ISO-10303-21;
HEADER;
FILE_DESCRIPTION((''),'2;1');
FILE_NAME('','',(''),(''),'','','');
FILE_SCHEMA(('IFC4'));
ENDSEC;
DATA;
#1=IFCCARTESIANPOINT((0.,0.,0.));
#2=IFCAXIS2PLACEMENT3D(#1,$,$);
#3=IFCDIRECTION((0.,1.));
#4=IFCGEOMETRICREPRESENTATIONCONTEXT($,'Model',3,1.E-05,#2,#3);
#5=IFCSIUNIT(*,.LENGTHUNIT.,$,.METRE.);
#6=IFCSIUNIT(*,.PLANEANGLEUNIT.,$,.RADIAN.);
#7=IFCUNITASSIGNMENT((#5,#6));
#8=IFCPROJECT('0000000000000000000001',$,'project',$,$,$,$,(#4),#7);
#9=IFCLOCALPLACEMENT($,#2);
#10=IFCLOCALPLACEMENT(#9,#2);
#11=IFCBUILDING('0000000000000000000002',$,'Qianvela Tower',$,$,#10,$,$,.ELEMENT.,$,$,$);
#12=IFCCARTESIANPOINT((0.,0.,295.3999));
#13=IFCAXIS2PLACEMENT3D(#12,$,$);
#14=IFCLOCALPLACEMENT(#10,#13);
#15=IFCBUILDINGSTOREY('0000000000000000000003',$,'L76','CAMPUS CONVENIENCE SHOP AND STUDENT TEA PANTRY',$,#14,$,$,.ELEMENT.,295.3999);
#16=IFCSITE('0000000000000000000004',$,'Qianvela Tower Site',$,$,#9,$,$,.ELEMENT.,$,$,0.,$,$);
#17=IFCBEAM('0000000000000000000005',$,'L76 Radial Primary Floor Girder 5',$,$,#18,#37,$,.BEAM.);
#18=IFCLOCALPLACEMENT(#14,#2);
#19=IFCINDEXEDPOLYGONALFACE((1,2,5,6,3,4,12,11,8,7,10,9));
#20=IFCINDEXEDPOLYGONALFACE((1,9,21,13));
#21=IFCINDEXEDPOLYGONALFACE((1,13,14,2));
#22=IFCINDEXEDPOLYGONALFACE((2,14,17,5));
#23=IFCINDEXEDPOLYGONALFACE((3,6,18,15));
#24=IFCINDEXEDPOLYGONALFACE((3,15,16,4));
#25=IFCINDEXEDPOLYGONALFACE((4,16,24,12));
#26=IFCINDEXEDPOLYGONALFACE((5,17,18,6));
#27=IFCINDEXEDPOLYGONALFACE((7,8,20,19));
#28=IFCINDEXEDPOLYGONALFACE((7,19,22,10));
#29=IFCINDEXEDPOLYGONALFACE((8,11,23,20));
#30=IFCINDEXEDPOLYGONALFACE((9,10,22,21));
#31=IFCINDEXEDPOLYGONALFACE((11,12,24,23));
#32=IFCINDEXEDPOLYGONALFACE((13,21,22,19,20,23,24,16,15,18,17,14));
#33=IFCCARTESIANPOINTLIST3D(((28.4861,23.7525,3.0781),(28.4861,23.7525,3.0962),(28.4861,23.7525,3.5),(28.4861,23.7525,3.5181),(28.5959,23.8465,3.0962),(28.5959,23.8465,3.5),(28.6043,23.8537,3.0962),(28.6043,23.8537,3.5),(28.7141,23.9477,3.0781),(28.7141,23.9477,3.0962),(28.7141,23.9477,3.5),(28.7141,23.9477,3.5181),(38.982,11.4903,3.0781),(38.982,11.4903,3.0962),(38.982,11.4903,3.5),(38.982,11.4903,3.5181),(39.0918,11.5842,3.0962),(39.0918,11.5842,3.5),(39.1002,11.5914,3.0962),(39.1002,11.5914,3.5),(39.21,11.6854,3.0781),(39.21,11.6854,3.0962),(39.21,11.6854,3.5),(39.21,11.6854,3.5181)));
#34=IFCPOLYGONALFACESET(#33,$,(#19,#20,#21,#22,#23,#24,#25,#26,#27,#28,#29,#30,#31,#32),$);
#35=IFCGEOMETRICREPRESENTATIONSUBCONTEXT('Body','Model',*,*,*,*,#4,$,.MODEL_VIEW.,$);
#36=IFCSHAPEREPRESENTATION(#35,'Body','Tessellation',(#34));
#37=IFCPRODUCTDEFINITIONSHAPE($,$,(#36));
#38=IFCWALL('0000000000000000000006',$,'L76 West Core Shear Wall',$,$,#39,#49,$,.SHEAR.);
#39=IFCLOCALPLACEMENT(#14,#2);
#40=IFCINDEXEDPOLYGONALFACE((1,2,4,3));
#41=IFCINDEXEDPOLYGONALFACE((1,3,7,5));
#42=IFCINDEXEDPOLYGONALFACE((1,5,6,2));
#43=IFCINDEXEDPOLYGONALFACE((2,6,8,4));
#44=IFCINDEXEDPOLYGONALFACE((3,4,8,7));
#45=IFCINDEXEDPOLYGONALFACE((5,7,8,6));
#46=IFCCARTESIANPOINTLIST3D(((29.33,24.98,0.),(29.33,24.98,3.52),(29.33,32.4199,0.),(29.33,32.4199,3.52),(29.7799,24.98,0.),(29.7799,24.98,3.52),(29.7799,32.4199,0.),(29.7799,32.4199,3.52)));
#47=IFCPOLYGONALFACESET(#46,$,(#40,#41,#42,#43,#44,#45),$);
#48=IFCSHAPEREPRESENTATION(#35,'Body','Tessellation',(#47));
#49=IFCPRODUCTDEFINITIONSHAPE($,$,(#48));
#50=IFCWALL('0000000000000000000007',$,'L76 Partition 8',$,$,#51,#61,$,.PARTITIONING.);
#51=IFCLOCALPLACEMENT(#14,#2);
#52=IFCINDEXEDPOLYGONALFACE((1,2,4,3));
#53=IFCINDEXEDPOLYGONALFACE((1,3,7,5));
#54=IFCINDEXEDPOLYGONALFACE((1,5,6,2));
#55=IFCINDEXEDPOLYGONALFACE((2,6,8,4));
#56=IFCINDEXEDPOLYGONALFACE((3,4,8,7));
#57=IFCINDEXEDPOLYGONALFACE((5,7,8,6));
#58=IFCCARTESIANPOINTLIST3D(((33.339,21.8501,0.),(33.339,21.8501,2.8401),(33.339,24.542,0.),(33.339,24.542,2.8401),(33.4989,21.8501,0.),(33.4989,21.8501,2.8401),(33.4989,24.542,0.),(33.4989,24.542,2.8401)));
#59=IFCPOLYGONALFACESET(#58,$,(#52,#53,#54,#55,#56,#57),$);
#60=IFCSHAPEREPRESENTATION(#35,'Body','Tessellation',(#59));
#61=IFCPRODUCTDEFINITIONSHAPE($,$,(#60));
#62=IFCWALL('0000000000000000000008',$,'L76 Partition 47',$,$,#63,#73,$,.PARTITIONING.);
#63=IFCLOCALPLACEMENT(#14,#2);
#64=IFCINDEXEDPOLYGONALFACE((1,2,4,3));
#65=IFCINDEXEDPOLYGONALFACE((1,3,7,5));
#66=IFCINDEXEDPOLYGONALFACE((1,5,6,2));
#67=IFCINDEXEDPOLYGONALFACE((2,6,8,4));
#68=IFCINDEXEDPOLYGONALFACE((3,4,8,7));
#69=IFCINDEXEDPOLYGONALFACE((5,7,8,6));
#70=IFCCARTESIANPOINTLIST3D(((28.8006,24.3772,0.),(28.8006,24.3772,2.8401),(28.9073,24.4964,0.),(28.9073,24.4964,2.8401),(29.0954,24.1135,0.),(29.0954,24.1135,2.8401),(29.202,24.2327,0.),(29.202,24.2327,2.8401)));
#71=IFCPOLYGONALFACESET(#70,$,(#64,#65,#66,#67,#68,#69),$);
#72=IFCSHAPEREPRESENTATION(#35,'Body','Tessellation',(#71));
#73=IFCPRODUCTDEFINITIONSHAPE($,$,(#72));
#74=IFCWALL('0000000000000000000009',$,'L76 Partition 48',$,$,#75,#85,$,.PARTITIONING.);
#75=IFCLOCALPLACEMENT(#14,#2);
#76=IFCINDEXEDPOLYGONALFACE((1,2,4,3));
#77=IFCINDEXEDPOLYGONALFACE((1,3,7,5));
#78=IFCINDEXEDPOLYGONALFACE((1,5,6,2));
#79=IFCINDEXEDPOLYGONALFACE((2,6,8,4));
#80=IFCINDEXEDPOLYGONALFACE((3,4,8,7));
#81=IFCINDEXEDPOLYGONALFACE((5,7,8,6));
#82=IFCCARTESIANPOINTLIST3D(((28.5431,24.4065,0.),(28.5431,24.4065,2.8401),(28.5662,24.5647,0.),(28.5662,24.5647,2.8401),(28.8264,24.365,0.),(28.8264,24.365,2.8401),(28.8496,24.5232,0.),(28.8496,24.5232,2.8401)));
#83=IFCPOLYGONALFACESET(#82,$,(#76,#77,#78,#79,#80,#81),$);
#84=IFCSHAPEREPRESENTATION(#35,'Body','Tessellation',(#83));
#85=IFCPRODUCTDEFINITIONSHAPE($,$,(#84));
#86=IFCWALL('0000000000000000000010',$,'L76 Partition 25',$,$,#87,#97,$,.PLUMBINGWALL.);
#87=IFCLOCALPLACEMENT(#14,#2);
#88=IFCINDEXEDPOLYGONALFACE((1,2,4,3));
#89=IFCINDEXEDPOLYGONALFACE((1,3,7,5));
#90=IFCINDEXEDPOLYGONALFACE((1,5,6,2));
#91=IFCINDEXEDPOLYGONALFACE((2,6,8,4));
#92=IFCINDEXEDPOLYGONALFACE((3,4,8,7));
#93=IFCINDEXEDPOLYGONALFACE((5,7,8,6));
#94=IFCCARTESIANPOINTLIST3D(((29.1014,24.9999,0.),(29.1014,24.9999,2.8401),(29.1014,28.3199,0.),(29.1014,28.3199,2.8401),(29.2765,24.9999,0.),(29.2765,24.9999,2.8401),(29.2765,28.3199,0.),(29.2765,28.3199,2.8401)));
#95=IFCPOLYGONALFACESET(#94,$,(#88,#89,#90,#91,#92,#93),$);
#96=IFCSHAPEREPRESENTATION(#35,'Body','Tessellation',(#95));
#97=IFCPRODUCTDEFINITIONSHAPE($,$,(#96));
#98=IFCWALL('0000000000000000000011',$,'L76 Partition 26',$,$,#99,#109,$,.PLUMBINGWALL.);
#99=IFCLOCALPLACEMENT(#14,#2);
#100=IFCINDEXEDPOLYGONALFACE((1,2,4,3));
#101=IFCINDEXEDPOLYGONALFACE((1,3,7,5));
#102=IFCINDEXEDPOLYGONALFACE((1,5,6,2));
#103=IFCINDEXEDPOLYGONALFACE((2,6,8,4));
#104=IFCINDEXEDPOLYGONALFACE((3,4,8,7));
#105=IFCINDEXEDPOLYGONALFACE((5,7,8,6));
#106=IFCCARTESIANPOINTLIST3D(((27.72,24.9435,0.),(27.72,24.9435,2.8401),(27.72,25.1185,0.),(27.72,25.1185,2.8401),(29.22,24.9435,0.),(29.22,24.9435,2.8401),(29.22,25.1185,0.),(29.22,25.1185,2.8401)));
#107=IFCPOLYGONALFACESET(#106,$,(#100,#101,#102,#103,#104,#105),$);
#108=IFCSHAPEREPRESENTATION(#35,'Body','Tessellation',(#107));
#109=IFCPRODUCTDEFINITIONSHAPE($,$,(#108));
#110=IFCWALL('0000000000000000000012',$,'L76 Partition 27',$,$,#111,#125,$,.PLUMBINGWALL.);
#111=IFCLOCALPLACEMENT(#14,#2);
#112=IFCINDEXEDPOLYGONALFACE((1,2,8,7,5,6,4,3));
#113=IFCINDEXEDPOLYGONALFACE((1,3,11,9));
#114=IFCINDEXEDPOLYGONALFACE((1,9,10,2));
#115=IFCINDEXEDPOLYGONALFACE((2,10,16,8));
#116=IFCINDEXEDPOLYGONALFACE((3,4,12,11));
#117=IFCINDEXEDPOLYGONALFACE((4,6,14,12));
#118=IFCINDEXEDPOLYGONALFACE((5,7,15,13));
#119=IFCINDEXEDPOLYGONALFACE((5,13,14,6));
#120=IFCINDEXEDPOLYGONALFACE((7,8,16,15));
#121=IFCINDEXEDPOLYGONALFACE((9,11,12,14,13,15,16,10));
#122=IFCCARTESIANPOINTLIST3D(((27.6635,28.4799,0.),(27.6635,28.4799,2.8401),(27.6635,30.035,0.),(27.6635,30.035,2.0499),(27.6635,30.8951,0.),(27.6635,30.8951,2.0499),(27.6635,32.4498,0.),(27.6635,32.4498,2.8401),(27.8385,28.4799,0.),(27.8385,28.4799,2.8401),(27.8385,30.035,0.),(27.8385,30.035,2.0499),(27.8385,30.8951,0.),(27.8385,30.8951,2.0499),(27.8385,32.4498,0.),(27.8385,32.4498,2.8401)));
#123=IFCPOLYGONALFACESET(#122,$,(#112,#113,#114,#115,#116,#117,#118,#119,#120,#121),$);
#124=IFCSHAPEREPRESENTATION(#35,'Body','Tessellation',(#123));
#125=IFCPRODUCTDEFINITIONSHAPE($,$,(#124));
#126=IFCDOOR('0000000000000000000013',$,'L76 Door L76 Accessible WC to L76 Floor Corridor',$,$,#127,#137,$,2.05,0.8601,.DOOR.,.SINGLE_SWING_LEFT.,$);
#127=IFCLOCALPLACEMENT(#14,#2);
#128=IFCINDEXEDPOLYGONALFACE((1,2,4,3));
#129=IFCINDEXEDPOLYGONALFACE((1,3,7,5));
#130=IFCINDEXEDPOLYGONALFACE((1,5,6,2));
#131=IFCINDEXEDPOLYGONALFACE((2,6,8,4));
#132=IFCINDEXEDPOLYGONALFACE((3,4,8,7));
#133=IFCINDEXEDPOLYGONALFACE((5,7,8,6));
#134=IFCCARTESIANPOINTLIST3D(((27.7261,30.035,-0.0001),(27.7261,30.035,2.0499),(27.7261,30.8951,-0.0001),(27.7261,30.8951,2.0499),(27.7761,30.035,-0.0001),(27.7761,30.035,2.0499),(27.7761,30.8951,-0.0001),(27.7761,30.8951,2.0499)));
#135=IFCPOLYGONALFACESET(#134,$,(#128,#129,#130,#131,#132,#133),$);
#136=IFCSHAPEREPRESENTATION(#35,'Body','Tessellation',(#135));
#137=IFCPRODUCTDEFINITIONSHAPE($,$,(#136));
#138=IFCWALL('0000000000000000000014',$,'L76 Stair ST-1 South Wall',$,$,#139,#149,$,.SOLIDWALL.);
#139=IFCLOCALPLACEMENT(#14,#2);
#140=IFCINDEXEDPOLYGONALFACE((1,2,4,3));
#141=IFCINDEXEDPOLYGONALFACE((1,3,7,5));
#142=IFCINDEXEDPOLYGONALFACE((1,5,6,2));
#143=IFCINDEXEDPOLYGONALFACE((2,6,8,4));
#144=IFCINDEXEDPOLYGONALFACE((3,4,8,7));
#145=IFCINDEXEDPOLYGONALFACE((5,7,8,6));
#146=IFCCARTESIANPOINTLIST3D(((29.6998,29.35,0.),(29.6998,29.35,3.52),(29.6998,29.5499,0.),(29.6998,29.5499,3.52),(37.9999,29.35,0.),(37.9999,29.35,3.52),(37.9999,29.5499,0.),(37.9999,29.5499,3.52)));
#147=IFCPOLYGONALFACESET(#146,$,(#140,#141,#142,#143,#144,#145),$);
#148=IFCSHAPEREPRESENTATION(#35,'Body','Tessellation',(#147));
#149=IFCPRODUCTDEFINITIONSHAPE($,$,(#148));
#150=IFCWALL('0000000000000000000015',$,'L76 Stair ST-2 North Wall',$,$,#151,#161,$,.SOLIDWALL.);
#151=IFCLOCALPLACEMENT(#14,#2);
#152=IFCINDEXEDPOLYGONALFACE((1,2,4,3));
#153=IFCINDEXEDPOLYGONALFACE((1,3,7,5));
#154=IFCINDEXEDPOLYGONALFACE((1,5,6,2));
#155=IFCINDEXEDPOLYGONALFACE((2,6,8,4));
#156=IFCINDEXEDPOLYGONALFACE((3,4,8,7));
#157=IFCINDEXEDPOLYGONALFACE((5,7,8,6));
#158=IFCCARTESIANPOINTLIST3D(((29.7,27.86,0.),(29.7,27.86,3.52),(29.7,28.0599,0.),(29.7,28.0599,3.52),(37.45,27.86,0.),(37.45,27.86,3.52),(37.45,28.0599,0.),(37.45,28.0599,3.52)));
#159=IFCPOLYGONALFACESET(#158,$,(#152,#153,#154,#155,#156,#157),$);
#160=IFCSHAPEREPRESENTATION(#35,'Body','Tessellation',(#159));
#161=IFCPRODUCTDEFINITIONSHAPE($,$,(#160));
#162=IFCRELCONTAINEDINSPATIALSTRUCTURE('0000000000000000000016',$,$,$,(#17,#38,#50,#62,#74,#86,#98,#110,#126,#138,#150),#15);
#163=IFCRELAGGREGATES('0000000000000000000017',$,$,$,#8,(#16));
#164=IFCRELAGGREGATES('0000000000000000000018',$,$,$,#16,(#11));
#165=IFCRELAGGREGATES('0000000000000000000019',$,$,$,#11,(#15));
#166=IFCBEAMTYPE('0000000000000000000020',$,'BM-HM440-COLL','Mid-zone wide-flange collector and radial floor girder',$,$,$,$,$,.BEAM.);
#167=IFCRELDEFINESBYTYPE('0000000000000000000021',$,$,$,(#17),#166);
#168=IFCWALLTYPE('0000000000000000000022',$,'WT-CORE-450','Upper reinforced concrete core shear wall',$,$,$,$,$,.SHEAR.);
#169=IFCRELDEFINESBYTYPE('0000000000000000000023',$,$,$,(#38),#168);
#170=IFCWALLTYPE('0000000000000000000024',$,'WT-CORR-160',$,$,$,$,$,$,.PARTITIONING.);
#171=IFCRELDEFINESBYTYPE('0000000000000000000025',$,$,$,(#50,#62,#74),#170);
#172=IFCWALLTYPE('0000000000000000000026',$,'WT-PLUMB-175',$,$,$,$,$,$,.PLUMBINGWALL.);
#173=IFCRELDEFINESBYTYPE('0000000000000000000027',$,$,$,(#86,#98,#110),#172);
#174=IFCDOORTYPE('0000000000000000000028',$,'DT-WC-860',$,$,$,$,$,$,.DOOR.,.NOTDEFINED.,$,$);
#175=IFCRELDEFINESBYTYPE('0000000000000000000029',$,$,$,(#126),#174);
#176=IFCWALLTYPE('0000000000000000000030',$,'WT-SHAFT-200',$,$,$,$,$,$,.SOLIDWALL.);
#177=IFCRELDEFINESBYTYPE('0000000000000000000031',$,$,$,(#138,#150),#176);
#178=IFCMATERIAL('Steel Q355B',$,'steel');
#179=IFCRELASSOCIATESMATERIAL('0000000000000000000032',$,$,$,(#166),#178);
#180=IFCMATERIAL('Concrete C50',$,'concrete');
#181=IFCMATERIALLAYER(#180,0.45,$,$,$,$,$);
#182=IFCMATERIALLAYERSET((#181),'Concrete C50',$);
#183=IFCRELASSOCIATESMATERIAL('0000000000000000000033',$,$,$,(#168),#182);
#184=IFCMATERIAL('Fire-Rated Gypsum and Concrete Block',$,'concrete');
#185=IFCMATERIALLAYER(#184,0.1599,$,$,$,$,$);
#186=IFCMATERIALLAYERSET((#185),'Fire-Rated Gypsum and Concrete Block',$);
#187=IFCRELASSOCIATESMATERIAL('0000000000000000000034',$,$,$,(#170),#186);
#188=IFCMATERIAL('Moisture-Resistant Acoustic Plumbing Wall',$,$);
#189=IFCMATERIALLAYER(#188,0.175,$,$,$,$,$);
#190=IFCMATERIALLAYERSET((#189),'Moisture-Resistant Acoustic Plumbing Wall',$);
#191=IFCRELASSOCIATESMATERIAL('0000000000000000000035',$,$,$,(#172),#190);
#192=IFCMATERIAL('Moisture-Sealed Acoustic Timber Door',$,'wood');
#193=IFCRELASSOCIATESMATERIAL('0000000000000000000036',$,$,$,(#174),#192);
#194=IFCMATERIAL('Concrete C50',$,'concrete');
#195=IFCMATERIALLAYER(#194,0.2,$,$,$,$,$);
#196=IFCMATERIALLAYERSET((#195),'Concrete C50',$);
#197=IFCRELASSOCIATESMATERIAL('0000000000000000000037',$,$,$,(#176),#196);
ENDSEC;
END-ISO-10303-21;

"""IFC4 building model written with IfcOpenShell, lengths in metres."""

from ifc_helpers import new_model, si_unit, direction, frame, frame_2d, origin, origin_2d, place, context, subcontext, project, spatial, rectangle, i_section, extrude, material, layer, layer_set, material_profile, profile_set, type_object, element, fill, save


model = new_model("IFC4")

# Units and contexts
model_context = context("Model", 3, precision=1e-05, world=origin(), true_north=direction((0.0, 1.0)))
body_context = subcontext(model_context, "Body", "Model", "MODEL_VIEW")
ifc_project = project(units=[si_unit("LENGTHUNIT", "METRE"), si_unit("PLANEANGLEUNIT", "RADIAN")], contexts=[model_context])

# Site, building, storey
site_placement = place(None, origin())
site = spatial("IfcSite", under=ifc_project, at=site_placement, Name="Qianvela Tower Site", CompositionType="ELEMENT", RefElevation=0.0)
building_placement = place(site_placement, origin())
building = spatial("IfcBuilding", under=site, at=building_placement, Name="Qianvela Tower", CompositionType="ELEMENT")
storey_placement = place(building_placement, frame((0.0, 0.0, 295.3999)))
storey = spatial("IfcBuildingStorey", under=building, at=storey_placement, Name="L76", Description="CAMPUS CONVENIENCE SHOP AND STUDENT TEA PANTRY", CompositionType="ELEMENT", Elevation=295.3999)

# Beam
ifc_material_1 = material(Name="Steel Q355B", Category="steel")
ifc_material_profile = material_profile(ifc_material_1, i_section(OverallWidth=0.3, OverallDepth=0.4399, WebThickness=0.011, FlangeThickness=0.0181, at=origin_2d()), Name="HM440x300x11x18")
ifc_profile_set = profile_set([ifc_material_profile], Name="Steel Q355B")
beam_type = type_object("IfcBeamType", Name="BM-HM440-COLL", Description="Mid-zone wide-flange collector and radial floor girder", PredefinedType="BEAM", material=ifc_profile_set)
beam_placement = place(storey_placement, frame((28.6001, 23.8501, 3.2981), z_axis=(0.650269, -0.759704, 0.0), x_axis=(0.759704, 0.650269, 0.0)))
element("IfcBeam", 1, at=beam_placement, inside=storey, type_object=beam_type, Name="L76 Radial Primary Floor Girder 5", PredefinedType="BEAM", context=body_context, shape_type="SweptSolid", body=[
    extrude(i_section(OverallWidth=0.3, OverallDepth=0.4399, WebThickness=0.011, FlangeThickness=0.0181, at=origin_2d()), origin(), (0.0, 0.0, 1.0), 16.1409),
])

# Shared definitions
ifc_material_2 = material(Name="Concrete C50", Category="concrete")
ifc_layer_1 = layer(ifc_material_2, 0.45)
ifc_layer_set_1 = layer_set([ifc_layer_1], Name="Concrete C50")
wall_type_1 = type_object("IfcWallType", Name="WT-CORE-450", Description="Upper reinforced concrete core shear wall", PredefinedType="SHEAR", material=ifc_layer_set_1)

# Walls
wall_1_placement = place(storey_placement, frame((29.5549, 24.98, 0.0), z_axis=(0.0, 0.0, 1.0), x_axis=(0.0, 1.0, 0.0)))
element("IfcWall", 2, at=wall_1_placement, inside=storey, type_object=wall_type_1, Name="L76 West Core Shear Wall", PredefinedType="SHEAR", context=body_context, shape_type="SweptSolid", body=[
    extrude(rectangle(XDim=7.4399, YDim=0.45, at=frame_2d((3.72, 0.0))), origin(), (0.0, 0.0, 1.0), 3.52),
])
ifc_material_3 = material(Name="Fire-Rated Gypsum and Concrete Block", Category="concrete")
ifc_layer_2 = layer(ifc_material_3, 0.1599)
ifc_layer_set_2 = layer_set([ifc_layer_2], Name="Fire-Rated Gypsum and Concrete Block")
wall_type_2 = type_object("IfcWallType", Name="WT-CORR-160", PredefinedType="PARTITIONING", material=ifc_layer_set_2)
wall_2_placement = place(storey_placement, frame((33.4189, 24.542, 0.0), z_axis=(0.0, 0.0, 1.0), x_axis=(0.0, -1.0, 0.0)))
element("IfcWall", 3, at=wall_2_placement, inside=storey, type_object=wall_type_2, Name="L76 Partition 8", PredefinedType="PARTITIONING", context=body_context, shape_type="SweptSolid", body=[
    extrude(rectangle(XDim=2.6919, YDim=0.1599, at=frame_2d((1.3459, 0.0))), origin(), (0.0, 0.0, 1.0), 2.8401),
])
wall_3_placement = place(storey_placement, frame((29.1487, 24.1731, 0.0), z_axis=(0.0, 0.0, 1.0), x_axis=(-0.745225, 0.666813, 0.0)))
element("IfcWall", 4, at=wall_3_placement, inside=storey, type_object=wall_type_2, Name="L76 Partition 47", PredefinedType="PARTITIONING", context=body_context, shape_type="SweptSolid", body=[
    extrude(rectangle(XDim=0.3955, YDim=0.1599, at=frame_2d((0.1978, 0.0))), origin(), (0.0, 0.0, 1.0), 2.8401),
])
wall_4_placement = place(storey_placement, frame((28.8379, 24.4441, 0.0), z_axis=(0.0, 0.0, 1.0), x_axis=(-0.989449, 0.144881, 0.0)))
element("IfcWall", 5, at=wall_4_placement, inside=storey, type_object=wall_type_2, Name="L76 Partition 48", PredefinedType="PARTITIONING", context=body_context, shape_type="SweptSolid", body=[
    extrude(rectangle(XDim=0.2864, YDim=0.1599, at=frame_2d((0.1431, 0.0))), origin(), (0.0, 0.0, 1.0), 2.8401),
])
ifc_material_4 = material(Name="Moisture-Resistant Acoustic Plumbing Wall")
ifc_layer_3 = layer(ifc_material_4, 0.175)
ifc_layer_set_3 = layer_set([ifc_layer_3], Name="Moisture-Resistant Acoustic Plumbing Wall")
wall_type_3 = type_object("IfcWallType", Name="WT-PLUMB-175", PredefinedType="PLUMBINGWALL", material=ifc_layer_set_3)
wall_5_placement = place(storey_placement, frame((29.189, 28.3201, 0.0), z_axis=(0.0, 0.0, 1.0), x_axis=(0.0, -1.0, 0.0)))
element("IfcWall", 6, at=wall_5_placement, inside=storey, type_object=wall_type_3, Name="L76 Partition 25", PredefinedType="PLUMBINGWALL", context=body_context, shape_type="SweptSolid", body=[
    extrude(rectangle(XDim=3.3201, YDim=0.175, at=frame_2d((1.6602, 0.0))), origin(), (0.0, 0.0, 1.0), 2.8401),
])
wall_6_placement = place(storey_placement, frame((29.22, 25.031, 0.0), z_axis=(0.0, 0.0, 1.0), x_axis=(-1.0, 0.0, 0.0)))
element("IfcWall", 7, at=wall_6_placement, inside=storey, type_object=wall_type_3, Name="L76 Partition 26", PredefinedType="PLUMBINGWALL", context=body_context, shape_type="SweptSolid", body=[
    extrude(rectangle(XDim=1.5, YDim=0.175, at=frame_2d((0.75, 0.0))), origin(), (0.0, 0.0, 1.0), 2.8401),
])

# Wall, opening, door
wall_7_placement = place(storey_placement, frame((27.751, 28.48, 0.0), z_axis=(0.0, 0.0, 1.0), x_axis=(0.0, 1.0, 0.0)))
wall_7 = element("IfcWall", 8, at=wall_7_placement, inside=storey, type_object=wall_type_3, Name="L76 Partition 27", PredefinedType="PLUMBINGWALL", context=body_context, shape_type="SweptSolid", body=[
    extrude(rectangle(XDim=3.97, YDim=0.175, at=frame_2d((1.9849, 0.0))), origin(), (0.0, 0.0, 1.0), 2.8401),
])
opening_1_placement = place(wall_7_placement, frame((1.5549, 0.0, 0.0)))
opening_1 = element("IfcOpeningElement", 9, at=opening_1_placement, cuts=wall_7, PredefinedType="OPENING", context=body_context, shape_type="SweptSolid", body=[
    extrude(rectangle(XDim=0.8601, YDim=2.05, at=frame_2d((0.4302, 1.0249))), frame((0.0, 0.0974, 0.0), z_axis=(0.0, -1.0, 0.0), x_axis=(1.0, 0.0, 0.0)), (0.0, 0.0, 1.0), 0.1951),
])
ifc_material_5 = material(Name="Moisture-Sealed Acoustic Timber Door", Category="wood")
door_type_1 = type_object("IfcDoorType", Name="DT-WC-860", OperationType="NOTDEFINED", PredefinedType="DOOR", material=ifc_material_5)
door_1_placement = place(opening_1_placement, origin())
door_1 = element("IfcDoor", 10, at=door_1_placement, inside=storey, type_object=door_type_1, Name="L76 Door L76 Accessible WC to L76 Floor Corridor", OperationType="SINGLE_SWING_LEFT", OverallHeight=2.05, OverallWidth=0.8601, PredefinedType="DOOR", context=body_context, shape_type="SweptSolid", body=[
    extrude(rectangle(XDim=0.8601, YDim=2.05, at=frame_2d((0.4302, 1.0249))), frame((0.0, 0.0249, 0.0), z_axis=(0.0, -1.0, 0.0), x_axis=(1.0, 0.0, 0.0)), (0.0, 0.0, 1.0), 0.05),
])
fill(opening_1, door_1)

# Walls
ifc_material_6 = material(Name="Concrete C50", Category="concrete")
ifc_layer_4 = layer(ifc_material_6, 0.2)
ifc_layer_set_4 = layer_set([ifc_layer_4], Name="Concrete C50")
wall_type_4 = type_object("IfcWallType", Name="WT-SHAFT-200", PredefinedType="SOLIDWALL", material=ifc_layer_set_4)
wall_8_placement = place(storey_placement, frame((29.7, 29.45, 0.0), z_axis=(0.0, 0.0, 1.0), x_axis=(1.0, 0.0, 0.0)))
element("IfcWall", 11, at=wall_8_placement, inside=storey, type_object=wall_type_4, Name="L76 Stair ST-1 South Wall", PredefinedType="SOLIDWALL", context=body_context, shape_type="SweptSolid", body=[
    extrude(rectangle(XDim=8.3, YDim=0.2, at=frame_2d((4.1499, 0.0))), origin(), (0.0, 0.0, 1.0), 3.52),
])
wall_9_placement = place(storey_placement, frame((29.7, 27.96, 0.0), z_axis=(0.0, 0.0, 1.0), x_axis=(1.0, 0.0, 0.0)))
element("IfcWall", 12, at=wall_9_placement, inside=storey, type_object=wall_type_4, Name="L76 Stair ST-2 North Wall", PredefinedType="SOLIDWALL", context=body_context, shape_type="SweptSolid", body=[
    extrude(rectangle(XDim=7.75, YDim=0.2, at=frame_2d((3.875, 0.0))), origin(), (0.0, 0.0, 1.0), 3.52),
])

save(model, "model.ifc")
